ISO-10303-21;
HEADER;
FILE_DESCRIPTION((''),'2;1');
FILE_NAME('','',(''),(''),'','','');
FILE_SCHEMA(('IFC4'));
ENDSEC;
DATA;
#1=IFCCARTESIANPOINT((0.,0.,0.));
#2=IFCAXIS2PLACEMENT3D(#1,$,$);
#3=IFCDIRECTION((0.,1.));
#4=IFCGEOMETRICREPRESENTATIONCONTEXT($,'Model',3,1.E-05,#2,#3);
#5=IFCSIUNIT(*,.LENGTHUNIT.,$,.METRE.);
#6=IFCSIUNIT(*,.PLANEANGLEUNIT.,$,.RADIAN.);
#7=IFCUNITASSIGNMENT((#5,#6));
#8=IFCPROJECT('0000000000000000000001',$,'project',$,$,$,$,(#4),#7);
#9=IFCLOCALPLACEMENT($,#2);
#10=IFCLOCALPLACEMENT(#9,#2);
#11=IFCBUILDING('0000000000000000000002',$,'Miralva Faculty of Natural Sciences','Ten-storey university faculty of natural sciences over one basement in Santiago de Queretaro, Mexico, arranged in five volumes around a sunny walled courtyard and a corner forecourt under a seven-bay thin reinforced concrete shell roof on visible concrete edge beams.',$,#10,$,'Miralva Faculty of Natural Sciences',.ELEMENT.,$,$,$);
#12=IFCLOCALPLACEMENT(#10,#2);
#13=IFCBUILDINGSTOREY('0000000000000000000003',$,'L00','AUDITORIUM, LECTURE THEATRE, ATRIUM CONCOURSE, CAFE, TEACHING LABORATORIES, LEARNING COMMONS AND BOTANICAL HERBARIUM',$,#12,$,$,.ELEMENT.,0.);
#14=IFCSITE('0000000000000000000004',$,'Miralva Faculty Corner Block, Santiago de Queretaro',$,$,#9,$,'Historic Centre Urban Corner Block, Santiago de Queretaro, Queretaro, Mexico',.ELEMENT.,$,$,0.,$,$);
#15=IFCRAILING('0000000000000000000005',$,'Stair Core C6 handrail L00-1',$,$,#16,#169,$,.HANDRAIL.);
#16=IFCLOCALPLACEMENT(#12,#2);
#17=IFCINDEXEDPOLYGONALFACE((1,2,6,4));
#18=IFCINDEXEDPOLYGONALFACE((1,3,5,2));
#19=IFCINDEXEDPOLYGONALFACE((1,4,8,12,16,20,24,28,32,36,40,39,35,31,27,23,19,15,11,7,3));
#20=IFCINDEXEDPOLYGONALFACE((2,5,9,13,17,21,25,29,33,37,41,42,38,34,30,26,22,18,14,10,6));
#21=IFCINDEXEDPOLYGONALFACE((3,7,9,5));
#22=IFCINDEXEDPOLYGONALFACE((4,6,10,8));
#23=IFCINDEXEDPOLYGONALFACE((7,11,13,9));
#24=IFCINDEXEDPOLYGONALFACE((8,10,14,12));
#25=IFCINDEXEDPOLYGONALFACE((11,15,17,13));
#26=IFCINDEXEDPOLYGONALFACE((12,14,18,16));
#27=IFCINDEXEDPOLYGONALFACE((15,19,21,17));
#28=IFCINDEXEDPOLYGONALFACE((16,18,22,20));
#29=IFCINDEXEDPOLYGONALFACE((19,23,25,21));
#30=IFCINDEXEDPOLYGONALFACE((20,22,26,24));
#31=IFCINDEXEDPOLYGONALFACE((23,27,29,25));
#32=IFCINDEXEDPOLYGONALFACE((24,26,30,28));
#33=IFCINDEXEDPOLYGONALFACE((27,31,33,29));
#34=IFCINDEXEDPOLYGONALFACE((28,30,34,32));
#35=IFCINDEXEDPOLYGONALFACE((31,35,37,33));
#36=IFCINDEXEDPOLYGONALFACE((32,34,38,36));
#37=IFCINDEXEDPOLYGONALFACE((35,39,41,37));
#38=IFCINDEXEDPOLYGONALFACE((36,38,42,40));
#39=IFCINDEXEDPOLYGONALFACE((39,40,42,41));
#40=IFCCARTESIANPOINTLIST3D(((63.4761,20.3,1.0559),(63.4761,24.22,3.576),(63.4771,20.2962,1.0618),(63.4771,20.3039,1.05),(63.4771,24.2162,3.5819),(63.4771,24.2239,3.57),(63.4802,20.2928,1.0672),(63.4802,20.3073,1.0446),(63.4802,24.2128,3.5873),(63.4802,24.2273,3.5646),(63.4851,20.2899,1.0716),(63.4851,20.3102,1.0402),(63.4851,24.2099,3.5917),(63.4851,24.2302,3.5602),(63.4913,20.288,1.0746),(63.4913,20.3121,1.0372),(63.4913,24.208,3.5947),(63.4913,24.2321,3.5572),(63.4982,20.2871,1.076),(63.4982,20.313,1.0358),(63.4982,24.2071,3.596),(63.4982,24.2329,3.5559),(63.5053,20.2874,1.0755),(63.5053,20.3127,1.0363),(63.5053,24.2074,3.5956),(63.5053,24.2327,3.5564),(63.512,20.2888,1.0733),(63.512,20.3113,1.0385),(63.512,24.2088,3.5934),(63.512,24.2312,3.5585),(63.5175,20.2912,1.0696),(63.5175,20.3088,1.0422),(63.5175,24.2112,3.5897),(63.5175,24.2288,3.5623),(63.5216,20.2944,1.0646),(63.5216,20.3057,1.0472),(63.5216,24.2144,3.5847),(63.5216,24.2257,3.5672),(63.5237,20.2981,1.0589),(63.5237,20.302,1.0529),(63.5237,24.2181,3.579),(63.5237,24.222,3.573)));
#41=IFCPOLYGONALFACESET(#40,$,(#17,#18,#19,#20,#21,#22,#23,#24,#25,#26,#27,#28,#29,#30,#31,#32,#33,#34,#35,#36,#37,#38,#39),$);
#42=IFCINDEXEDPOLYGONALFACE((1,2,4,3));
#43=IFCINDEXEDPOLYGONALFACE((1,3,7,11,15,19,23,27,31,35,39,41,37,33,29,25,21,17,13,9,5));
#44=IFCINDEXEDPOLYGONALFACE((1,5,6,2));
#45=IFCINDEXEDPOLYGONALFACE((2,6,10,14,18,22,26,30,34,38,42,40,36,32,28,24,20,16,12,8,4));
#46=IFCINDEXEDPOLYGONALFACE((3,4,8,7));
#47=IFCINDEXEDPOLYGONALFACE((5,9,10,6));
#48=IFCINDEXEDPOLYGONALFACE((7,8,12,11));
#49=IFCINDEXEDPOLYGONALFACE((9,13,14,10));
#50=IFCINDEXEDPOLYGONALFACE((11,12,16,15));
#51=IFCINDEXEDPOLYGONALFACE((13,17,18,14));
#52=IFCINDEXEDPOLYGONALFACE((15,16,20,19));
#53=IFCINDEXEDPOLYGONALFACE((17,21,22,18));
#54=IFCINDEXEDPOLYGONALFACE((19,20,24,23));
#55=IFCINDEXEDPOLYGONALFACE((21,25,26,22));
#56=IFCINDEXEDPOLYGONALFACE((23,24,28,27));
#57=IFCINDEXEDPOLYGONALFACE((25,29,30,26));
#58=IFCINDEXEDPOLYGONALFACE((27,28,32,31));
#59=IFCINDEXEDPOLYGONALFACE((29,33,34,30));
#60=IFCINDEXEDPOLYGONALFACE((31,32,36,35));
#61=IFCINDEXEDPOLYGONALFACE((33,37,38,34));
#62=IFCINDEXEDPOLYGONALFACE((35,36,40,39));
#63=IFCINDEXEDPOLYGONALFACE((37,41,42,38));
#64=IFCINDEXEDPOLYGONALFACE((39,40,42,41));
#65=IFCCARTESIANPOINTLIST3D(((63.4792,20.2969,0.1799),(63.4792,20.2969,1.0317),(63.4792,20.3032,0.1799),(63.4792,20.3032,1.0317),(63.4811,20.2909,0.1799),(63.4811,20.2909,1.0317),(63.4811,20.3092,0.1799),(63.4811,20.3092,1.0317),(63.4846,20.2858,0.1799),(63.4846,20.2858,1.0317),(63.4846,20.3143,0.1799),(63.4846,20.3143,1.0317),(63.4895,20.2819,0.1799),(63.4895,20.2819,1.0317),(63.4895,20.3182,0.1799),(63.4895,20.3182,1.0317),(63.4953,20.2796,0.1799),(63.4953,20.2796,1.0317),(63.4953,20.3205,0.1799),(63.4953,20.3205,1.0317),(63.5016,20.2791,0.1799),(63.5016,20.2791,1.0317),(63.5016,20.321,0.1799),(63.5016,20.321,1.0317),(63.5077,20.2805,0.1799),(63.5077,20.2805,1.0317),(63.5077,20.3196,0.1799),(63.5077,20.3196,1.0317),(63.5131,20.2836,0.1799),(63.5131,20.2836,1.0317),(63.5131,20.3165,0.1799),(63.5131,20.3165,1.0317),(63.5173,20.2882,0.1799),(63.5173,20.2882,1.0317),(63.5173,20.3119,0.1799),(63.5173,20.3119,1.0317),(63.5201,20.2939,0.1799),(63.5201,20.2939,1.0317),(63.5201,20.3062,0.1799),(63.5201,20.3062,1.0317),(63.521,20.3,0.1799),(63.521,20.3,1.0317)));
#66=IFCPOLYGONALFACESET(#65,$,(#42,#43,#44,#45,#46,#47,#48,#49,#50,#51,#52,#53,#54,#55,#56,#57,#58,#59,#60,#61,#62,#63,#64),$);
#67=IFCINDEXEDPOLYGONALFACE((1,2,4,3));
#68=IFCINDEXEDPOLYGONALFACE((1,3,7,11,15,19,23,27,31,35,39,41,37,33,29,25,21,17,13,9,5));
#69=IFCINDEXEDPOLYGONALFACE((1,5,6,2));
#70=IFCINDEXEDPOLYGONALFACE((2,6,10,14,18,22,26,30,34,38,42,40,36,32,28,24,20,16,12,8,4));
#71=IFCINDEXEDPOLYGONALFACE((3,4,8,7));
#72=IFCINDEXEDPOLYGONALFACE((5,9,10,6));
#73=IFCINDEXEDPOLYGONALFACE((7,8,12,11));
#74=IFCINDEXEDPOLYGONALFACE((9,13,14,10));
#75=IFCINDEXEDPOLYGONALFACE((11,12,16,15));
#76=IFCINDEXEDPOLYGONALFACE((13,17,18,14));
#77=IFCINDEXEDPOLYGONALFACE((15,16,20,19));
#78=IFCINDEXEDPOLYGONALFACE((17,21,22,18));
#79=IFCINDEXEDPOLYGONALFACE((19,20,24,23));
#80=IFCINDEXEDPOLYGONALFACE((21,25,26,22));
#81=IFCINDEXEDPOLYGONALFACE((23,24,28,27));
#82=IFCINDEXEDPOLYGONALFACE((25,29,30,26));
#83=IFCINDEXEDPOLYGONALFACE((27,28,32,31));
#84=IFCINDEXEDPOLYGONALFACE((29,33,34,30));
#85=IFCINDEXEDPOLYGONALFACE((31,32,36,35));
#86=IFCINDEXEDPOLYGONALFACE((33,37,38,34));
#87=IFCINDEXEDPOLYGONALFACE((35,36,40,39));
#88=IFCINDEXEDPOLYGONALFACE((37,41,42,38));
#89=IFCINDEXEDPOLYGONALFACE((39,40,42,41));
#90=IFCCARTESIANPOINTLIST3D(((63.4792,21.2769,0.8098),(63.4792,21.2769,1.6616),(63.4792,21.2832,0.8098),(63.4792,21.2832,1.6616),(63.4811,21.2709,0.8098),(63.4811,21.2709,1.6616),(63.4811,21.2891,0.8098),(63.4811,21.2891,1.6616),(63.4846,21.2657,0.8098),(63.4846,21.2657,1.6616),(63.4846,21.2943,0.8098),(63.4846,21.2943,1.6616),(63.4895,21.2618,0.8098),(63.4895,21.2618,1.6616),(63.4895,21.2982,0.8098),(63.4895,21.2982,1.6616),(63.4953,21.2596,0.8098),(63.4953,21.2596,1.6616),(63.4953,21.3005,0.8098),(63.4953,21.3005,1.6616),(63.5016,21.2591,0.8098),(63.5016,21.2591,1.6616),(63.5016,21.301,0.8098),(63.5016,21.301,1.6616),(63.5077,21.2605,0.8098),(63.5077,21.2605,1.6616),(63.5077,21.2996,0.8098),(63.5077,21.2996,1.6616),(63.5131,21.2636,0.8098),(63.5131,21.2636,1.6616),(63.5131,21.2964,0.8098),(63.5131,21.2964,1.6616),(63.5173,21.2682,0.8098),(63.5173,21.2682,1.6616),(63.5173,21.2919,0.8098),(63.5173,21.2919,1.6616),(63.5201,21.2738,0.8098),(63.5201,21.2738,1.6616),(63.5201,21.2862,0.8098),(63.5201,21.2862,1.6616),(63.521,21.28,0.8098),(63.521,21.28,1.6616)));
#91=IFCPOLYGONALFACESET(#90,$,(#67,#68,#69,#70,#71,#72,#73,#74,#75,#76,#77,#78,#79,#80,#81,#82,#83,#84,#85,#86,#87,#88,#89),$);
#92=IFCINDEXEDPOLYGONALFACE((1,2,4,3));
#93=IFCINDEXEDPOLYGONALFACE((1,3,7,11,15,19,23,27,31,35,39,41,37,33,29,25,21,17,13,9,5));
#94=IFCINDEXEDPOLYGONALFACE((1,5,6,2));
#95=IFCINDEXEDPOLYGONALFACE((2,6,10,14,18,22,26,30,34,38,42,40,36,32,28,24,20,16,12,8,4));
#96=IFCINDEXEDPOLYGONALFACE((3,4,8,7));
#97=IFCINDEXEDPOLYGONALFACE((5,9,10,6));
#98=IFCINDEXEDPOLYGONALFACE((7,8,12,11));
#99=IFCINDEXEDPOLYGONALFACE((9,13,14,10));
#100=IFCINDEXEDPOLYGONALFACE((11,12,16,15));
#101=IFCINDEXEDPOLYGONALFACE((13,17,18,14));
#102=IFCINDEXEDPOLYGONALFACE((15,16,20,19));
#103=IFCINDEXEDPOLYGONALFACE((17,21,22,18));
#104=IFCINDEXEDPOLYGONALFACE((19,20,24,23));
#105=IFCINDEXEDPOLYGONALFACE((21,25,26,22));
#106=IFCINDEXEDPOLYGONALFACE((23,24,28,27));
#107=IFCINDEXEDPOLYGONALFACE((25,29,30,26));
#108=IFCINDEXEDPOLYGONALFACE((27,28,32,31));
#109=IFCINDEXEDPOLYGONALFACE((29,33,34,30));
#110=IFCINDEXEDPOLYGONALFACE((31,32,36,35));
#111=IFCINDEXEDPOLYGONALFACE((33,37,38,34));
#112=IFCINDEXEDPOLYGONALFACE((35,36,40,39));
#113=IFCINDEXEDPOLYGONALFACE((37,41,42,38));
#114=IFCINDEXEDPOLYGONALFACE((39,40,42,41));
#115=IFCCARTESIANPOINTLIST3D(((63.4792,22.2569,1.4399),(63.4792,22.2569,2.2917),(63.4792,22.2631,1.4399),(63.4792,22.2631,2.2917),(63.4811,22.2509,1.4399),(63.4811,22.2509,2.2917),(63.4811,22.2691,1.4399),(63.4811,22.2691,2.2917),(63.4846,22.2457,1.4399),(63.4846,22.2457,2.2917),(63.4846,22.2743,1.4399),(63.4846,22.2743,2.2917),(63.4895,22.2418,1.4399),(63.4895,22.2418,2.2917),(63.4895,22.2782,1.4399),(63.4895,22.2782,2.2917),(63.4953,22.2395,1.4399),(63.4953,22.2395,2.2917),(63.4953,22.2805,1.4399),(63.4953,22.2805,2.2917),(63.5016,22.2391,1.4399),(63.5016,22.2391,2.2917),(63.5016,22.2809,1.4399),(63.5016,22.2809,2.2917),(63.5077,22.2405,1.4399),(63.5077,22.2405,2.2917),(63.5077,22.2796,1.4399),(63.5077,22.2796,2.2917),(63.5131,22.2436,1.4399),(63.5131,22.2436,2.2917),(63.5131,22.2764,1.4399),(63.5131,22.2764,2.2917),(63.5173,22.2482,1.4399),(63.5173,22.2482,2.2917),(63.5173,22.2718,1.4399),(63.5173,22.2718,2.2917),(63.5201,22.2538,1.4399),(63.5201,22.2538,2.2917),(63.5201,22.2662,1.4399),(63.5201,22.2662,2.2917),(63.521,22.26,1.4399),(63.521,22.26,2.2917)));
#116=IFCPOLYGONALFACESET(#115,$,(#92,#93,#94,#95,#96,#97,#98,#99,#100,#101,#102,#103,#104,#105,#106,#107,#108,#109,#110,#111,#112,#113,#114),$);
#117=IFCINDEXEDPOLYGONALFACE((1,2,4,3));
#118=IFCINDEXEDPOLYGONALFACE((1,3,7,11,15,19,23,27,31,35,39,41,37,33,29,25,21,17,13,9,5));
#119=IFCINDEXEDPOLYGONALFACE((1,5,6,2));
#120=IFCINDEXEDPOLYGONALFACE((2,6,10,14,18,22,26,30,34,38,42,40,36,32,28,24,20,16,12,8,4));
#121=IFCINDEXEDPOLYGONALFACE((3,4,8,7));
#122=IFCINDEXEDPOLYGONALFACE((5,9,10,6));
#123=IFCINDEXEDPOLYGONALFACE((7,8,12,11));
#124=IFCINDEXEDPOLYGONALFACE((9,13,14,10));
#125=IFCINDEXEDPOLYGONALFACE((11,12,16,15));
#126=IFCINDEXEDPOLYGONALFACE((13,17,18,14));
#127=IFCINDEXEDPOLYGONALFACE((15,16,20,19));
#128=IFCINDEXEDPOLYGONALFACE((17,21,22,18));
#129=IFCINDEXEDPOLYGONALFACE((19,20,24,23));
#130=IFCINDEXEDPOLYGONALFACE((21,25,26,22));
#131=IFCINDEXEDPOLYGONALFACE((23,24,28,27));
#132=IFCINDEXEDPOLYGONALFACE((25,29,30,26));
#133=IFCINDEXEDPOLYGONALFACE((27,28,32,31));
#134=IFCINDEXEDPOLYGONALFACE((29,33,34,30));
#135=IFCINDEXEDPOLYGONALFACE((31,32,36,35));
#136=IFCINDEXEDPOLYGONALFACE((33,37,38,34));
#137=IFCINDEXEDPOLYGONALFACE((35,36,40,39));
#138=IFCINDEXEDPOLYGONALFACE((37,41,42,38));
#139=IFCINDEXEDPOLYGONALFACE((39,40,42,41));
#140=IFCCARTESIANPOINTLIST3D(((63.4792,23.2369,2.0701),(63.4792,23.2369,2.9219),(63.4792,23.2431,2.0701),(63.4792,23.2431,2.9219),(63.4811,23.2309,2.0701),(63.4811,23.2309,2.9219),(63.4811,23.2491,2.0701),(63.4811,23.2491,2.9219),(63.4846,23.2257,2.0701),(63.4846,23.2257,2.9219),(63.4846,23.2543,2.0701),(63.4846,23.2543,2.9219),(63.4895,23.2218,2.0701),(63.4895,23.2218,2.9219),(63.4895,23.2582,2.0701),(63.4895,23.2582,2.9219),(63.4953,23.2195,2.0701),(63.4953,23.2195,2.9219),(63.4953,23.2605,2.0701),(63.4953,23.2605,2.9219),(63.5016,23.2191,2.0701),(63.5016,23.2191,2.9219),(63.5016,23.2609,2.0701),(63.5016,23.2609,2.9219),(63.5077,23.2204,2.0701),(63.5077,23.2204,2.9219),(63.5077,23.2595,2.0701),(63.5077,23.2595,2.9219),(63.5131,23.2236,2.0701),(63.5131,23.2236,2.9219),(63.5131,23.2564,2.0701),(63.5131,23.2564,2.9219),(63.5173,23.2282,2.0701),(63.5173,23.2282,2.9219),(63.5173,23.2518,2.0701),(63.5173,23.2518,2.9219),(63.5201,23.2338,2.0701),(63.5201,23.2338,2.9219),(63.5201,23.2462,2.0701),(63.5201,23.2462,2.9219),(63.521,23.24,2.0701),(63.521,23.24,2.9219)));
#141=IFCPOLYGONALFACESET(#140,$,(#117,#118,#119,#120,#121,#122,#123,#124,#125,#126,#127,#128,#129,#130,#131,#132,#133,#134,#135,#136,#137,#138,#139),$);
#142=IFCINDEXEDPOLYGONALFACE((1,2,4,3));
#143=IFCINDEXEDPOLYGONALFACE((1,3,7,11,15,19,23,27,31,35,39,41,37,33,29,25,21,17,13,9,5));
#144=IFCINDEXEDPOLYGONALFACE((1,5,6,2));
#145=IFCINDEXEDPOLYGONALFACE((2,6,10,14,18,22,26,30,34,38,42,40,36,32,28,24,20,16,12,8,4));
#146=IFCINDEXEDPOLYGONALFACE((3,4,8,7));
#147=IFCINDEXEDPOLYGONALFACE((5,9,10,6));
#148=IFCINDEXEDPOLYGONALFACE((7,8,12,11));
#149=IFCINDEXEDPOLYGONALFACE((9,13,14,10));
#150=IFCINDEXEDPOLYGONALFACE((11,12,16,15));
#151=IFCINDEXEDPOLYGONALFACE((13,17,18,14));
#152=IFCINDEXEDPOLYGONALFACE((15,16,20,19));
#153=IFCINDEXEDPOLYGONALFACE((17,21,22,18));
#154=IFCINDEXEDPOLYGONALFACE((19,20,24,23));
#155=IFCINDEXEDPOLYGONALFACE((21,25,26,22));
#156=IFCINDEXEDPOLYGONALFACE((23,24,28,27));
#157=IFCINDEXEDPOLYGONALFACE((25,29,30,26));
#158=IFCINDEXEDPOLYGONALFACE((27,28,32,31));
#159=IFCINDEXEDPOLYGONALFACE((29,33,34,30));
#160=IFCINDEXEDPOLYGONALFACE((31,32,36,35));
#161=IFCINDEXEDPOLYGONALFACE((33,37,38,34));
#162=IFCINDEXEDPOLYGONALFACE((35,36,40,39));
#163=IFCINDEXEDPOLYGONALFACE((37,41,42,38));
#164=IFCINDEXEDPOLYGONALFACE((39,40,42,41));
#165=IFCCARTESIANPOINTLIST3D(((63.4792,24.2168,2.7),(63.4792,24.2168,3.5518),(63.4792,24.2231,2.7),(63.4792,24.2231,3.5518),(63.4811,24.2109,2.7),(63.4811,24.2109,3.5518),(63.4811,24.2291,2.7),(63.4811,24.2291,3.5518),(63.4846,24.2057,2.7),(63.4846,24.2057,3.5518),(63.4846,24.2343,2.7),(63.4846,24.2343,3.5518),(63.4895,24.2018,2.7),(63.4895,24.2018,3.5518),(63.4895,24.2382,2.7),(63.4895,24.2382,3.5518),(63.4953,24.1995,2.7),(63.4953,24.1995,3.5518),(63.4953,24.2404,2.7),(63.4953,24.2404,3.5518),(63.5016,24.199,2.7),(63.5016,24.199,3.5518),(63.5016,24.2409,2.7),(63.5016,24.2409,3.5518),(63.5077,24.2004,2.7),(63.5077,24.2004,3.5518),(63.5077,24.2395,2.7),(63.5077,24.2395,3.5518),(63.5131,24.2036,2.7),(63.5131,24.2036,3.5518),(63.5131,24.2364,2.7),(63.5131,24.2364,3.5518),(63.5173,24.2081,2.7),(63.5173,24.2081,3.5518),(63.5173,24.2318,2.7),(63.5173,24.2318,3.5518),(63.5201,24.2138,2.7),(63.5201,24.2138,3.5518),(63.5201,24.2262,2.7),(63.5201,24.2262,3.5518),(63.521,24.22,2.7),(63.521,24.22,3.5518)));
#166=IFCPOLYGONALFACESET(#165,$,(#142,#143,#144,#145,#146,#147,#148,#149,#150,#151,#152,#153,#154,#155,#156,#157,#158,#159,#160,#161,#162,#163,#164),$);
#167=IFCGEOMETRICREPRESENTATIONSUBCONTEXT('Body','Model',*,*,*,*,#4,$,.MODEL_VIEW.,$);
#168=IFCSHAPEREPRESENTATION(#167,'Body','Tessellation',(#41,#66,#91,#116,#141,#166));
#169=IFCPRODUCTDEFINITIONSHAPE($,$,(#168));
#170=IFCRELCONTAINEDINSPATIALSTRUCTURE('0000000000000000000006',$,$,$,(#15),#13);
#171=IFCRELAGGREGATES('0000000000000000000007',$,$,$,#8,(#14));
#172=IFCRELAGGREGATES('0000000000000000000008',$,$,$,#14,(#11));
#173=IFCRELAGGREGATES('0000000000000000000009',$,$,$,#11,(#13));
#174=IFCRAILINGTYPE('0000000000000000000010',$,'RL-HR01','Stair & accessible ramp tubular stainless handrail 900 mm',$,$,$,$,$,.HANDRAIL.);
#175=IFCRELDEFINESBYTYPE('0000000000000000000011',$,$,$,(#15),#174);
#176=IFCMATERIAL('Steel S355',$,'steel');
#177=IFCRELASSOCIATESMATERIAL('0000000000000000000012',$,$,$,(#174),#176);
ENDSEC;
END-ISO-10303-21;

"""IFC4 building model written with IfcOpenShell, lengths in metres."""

from ifc_helpers import new_model, si_unit, direction, frame, origin, origin_2d, place, context, subcontext, project, spatial, circle, extrude, material, type_object, element, save


model = new_model("IFC4")

# Units and contexts
model_context = context("Model", 3, precision=1e-05, world=origin(), true_north=direction((0.0, 1.0)))
body_context = subcontext(model_context, "Body", "Model", "MODEL_VIEW")
ifc_project = project(units=[si_unit("LENGTHUNIT", "METRE"), si_unit("PLANEANGLEUNIT", "RADIAN")], contexts=[model_context])

# Site, building, storey
site_placement = place(None, origin())
site = spatial("IfcSite", under=ifc_project, at=site_placement, Name="Miralva Faculty Corner Block, Santiago de Queretaro", LongName="Historic Centre Urban Corner Block, Santiago de Queretaro, Queretaro, Mexico", CompositionType="ELEMENT", RefElevation=0.0)
building_placement = place(site_placement, origin())
building = spatial("IfcBuilding", under=site, at=building_placement, Name="Miralva Faculty of Natural Sciences", Description="Ten-storey university faculty of natural sciences over one basement in Santiago de Queretaro, Mexico, arranged in five volumes around a sunny walled courtyard and a corner forecourt under a seven-bay thin reinforced concrete shell roof on visible concrete edge beams.", LongName="Miralva Faculty of Natural Sciences", CompositionType="ELEMENT")
storey_placement = place(building_placement, origin())
storey = spatial("IfcBuildingStorey", under=building, at=storey_placement, Name="L00", Description="AUDITORIUM, LECTURE THEATRE, ATRIUM CONCOURSE, CAFE, TEACHING LABORATORIES, LEARNING COMMONS AND BOTANICAL HERBARIUM", CompositionType="ELEMENT", Elevation=0.0)

# Railing
ifc_material_1 = material(Name="Steel S355", Category="steel")
railing_type_1 = type_object("IfcRailingType", Name="RL-HR01", Description="Stair & accessible ramp tubular stainless handrail 900 mm", PredefinedType="HANDRAIL", material=ifc_material_1)
railing_1_placement = place(storey_placement, frame((63.5, 20.3, 0.1799)))
element("IfcRailing", 1, at=railing_1_placement, inside=storey, type_object=railing_type_1, Name="Stair Core C6 handrail L00-1", PredefinedType="HANDRAIL", context=body_context, shape_type="SweptSolid", body=[
    extrude(circle(Radius=0.0239, at=origin_2d()), frame((0.0, 0.0, 0.876), z_axis=(0.0, 0.841172, 0.540768), x_axis=(-1.0, 0.0, 0.0)), (0.0, 0.0, 1.0), 4.6602),
    extrude(circle(Radius=0.021, at=origin_2d()), origin(), (0.0, 0.0, 1.0), 0.8518),
    extrude(circle(Radius=0.021, at=origin_2d()), frame((0.0, 0.98, 0.6299)), (0.0, 0.0, 1.0), 0.8518),
    extrude(circle(Radius=0.021, at=origin_2d()), frame((0.0, 1.96, 1.26)), (0.0, 0.0, 1.0), 0.8518),
    extrude(circle(Radius=0.021, at=origin_2d()), frame((0.0, 2.9399, 1.8901)), (0.0, 0.0, 1.0), 0.8518),
    extrude(circle(Radius=0.021, at=origin_2d()), frame((0.0, 3.9199, 2.52)), (0.0, 0.0, 1.0), 0.8518),
])

save(model, "model.ifc")
